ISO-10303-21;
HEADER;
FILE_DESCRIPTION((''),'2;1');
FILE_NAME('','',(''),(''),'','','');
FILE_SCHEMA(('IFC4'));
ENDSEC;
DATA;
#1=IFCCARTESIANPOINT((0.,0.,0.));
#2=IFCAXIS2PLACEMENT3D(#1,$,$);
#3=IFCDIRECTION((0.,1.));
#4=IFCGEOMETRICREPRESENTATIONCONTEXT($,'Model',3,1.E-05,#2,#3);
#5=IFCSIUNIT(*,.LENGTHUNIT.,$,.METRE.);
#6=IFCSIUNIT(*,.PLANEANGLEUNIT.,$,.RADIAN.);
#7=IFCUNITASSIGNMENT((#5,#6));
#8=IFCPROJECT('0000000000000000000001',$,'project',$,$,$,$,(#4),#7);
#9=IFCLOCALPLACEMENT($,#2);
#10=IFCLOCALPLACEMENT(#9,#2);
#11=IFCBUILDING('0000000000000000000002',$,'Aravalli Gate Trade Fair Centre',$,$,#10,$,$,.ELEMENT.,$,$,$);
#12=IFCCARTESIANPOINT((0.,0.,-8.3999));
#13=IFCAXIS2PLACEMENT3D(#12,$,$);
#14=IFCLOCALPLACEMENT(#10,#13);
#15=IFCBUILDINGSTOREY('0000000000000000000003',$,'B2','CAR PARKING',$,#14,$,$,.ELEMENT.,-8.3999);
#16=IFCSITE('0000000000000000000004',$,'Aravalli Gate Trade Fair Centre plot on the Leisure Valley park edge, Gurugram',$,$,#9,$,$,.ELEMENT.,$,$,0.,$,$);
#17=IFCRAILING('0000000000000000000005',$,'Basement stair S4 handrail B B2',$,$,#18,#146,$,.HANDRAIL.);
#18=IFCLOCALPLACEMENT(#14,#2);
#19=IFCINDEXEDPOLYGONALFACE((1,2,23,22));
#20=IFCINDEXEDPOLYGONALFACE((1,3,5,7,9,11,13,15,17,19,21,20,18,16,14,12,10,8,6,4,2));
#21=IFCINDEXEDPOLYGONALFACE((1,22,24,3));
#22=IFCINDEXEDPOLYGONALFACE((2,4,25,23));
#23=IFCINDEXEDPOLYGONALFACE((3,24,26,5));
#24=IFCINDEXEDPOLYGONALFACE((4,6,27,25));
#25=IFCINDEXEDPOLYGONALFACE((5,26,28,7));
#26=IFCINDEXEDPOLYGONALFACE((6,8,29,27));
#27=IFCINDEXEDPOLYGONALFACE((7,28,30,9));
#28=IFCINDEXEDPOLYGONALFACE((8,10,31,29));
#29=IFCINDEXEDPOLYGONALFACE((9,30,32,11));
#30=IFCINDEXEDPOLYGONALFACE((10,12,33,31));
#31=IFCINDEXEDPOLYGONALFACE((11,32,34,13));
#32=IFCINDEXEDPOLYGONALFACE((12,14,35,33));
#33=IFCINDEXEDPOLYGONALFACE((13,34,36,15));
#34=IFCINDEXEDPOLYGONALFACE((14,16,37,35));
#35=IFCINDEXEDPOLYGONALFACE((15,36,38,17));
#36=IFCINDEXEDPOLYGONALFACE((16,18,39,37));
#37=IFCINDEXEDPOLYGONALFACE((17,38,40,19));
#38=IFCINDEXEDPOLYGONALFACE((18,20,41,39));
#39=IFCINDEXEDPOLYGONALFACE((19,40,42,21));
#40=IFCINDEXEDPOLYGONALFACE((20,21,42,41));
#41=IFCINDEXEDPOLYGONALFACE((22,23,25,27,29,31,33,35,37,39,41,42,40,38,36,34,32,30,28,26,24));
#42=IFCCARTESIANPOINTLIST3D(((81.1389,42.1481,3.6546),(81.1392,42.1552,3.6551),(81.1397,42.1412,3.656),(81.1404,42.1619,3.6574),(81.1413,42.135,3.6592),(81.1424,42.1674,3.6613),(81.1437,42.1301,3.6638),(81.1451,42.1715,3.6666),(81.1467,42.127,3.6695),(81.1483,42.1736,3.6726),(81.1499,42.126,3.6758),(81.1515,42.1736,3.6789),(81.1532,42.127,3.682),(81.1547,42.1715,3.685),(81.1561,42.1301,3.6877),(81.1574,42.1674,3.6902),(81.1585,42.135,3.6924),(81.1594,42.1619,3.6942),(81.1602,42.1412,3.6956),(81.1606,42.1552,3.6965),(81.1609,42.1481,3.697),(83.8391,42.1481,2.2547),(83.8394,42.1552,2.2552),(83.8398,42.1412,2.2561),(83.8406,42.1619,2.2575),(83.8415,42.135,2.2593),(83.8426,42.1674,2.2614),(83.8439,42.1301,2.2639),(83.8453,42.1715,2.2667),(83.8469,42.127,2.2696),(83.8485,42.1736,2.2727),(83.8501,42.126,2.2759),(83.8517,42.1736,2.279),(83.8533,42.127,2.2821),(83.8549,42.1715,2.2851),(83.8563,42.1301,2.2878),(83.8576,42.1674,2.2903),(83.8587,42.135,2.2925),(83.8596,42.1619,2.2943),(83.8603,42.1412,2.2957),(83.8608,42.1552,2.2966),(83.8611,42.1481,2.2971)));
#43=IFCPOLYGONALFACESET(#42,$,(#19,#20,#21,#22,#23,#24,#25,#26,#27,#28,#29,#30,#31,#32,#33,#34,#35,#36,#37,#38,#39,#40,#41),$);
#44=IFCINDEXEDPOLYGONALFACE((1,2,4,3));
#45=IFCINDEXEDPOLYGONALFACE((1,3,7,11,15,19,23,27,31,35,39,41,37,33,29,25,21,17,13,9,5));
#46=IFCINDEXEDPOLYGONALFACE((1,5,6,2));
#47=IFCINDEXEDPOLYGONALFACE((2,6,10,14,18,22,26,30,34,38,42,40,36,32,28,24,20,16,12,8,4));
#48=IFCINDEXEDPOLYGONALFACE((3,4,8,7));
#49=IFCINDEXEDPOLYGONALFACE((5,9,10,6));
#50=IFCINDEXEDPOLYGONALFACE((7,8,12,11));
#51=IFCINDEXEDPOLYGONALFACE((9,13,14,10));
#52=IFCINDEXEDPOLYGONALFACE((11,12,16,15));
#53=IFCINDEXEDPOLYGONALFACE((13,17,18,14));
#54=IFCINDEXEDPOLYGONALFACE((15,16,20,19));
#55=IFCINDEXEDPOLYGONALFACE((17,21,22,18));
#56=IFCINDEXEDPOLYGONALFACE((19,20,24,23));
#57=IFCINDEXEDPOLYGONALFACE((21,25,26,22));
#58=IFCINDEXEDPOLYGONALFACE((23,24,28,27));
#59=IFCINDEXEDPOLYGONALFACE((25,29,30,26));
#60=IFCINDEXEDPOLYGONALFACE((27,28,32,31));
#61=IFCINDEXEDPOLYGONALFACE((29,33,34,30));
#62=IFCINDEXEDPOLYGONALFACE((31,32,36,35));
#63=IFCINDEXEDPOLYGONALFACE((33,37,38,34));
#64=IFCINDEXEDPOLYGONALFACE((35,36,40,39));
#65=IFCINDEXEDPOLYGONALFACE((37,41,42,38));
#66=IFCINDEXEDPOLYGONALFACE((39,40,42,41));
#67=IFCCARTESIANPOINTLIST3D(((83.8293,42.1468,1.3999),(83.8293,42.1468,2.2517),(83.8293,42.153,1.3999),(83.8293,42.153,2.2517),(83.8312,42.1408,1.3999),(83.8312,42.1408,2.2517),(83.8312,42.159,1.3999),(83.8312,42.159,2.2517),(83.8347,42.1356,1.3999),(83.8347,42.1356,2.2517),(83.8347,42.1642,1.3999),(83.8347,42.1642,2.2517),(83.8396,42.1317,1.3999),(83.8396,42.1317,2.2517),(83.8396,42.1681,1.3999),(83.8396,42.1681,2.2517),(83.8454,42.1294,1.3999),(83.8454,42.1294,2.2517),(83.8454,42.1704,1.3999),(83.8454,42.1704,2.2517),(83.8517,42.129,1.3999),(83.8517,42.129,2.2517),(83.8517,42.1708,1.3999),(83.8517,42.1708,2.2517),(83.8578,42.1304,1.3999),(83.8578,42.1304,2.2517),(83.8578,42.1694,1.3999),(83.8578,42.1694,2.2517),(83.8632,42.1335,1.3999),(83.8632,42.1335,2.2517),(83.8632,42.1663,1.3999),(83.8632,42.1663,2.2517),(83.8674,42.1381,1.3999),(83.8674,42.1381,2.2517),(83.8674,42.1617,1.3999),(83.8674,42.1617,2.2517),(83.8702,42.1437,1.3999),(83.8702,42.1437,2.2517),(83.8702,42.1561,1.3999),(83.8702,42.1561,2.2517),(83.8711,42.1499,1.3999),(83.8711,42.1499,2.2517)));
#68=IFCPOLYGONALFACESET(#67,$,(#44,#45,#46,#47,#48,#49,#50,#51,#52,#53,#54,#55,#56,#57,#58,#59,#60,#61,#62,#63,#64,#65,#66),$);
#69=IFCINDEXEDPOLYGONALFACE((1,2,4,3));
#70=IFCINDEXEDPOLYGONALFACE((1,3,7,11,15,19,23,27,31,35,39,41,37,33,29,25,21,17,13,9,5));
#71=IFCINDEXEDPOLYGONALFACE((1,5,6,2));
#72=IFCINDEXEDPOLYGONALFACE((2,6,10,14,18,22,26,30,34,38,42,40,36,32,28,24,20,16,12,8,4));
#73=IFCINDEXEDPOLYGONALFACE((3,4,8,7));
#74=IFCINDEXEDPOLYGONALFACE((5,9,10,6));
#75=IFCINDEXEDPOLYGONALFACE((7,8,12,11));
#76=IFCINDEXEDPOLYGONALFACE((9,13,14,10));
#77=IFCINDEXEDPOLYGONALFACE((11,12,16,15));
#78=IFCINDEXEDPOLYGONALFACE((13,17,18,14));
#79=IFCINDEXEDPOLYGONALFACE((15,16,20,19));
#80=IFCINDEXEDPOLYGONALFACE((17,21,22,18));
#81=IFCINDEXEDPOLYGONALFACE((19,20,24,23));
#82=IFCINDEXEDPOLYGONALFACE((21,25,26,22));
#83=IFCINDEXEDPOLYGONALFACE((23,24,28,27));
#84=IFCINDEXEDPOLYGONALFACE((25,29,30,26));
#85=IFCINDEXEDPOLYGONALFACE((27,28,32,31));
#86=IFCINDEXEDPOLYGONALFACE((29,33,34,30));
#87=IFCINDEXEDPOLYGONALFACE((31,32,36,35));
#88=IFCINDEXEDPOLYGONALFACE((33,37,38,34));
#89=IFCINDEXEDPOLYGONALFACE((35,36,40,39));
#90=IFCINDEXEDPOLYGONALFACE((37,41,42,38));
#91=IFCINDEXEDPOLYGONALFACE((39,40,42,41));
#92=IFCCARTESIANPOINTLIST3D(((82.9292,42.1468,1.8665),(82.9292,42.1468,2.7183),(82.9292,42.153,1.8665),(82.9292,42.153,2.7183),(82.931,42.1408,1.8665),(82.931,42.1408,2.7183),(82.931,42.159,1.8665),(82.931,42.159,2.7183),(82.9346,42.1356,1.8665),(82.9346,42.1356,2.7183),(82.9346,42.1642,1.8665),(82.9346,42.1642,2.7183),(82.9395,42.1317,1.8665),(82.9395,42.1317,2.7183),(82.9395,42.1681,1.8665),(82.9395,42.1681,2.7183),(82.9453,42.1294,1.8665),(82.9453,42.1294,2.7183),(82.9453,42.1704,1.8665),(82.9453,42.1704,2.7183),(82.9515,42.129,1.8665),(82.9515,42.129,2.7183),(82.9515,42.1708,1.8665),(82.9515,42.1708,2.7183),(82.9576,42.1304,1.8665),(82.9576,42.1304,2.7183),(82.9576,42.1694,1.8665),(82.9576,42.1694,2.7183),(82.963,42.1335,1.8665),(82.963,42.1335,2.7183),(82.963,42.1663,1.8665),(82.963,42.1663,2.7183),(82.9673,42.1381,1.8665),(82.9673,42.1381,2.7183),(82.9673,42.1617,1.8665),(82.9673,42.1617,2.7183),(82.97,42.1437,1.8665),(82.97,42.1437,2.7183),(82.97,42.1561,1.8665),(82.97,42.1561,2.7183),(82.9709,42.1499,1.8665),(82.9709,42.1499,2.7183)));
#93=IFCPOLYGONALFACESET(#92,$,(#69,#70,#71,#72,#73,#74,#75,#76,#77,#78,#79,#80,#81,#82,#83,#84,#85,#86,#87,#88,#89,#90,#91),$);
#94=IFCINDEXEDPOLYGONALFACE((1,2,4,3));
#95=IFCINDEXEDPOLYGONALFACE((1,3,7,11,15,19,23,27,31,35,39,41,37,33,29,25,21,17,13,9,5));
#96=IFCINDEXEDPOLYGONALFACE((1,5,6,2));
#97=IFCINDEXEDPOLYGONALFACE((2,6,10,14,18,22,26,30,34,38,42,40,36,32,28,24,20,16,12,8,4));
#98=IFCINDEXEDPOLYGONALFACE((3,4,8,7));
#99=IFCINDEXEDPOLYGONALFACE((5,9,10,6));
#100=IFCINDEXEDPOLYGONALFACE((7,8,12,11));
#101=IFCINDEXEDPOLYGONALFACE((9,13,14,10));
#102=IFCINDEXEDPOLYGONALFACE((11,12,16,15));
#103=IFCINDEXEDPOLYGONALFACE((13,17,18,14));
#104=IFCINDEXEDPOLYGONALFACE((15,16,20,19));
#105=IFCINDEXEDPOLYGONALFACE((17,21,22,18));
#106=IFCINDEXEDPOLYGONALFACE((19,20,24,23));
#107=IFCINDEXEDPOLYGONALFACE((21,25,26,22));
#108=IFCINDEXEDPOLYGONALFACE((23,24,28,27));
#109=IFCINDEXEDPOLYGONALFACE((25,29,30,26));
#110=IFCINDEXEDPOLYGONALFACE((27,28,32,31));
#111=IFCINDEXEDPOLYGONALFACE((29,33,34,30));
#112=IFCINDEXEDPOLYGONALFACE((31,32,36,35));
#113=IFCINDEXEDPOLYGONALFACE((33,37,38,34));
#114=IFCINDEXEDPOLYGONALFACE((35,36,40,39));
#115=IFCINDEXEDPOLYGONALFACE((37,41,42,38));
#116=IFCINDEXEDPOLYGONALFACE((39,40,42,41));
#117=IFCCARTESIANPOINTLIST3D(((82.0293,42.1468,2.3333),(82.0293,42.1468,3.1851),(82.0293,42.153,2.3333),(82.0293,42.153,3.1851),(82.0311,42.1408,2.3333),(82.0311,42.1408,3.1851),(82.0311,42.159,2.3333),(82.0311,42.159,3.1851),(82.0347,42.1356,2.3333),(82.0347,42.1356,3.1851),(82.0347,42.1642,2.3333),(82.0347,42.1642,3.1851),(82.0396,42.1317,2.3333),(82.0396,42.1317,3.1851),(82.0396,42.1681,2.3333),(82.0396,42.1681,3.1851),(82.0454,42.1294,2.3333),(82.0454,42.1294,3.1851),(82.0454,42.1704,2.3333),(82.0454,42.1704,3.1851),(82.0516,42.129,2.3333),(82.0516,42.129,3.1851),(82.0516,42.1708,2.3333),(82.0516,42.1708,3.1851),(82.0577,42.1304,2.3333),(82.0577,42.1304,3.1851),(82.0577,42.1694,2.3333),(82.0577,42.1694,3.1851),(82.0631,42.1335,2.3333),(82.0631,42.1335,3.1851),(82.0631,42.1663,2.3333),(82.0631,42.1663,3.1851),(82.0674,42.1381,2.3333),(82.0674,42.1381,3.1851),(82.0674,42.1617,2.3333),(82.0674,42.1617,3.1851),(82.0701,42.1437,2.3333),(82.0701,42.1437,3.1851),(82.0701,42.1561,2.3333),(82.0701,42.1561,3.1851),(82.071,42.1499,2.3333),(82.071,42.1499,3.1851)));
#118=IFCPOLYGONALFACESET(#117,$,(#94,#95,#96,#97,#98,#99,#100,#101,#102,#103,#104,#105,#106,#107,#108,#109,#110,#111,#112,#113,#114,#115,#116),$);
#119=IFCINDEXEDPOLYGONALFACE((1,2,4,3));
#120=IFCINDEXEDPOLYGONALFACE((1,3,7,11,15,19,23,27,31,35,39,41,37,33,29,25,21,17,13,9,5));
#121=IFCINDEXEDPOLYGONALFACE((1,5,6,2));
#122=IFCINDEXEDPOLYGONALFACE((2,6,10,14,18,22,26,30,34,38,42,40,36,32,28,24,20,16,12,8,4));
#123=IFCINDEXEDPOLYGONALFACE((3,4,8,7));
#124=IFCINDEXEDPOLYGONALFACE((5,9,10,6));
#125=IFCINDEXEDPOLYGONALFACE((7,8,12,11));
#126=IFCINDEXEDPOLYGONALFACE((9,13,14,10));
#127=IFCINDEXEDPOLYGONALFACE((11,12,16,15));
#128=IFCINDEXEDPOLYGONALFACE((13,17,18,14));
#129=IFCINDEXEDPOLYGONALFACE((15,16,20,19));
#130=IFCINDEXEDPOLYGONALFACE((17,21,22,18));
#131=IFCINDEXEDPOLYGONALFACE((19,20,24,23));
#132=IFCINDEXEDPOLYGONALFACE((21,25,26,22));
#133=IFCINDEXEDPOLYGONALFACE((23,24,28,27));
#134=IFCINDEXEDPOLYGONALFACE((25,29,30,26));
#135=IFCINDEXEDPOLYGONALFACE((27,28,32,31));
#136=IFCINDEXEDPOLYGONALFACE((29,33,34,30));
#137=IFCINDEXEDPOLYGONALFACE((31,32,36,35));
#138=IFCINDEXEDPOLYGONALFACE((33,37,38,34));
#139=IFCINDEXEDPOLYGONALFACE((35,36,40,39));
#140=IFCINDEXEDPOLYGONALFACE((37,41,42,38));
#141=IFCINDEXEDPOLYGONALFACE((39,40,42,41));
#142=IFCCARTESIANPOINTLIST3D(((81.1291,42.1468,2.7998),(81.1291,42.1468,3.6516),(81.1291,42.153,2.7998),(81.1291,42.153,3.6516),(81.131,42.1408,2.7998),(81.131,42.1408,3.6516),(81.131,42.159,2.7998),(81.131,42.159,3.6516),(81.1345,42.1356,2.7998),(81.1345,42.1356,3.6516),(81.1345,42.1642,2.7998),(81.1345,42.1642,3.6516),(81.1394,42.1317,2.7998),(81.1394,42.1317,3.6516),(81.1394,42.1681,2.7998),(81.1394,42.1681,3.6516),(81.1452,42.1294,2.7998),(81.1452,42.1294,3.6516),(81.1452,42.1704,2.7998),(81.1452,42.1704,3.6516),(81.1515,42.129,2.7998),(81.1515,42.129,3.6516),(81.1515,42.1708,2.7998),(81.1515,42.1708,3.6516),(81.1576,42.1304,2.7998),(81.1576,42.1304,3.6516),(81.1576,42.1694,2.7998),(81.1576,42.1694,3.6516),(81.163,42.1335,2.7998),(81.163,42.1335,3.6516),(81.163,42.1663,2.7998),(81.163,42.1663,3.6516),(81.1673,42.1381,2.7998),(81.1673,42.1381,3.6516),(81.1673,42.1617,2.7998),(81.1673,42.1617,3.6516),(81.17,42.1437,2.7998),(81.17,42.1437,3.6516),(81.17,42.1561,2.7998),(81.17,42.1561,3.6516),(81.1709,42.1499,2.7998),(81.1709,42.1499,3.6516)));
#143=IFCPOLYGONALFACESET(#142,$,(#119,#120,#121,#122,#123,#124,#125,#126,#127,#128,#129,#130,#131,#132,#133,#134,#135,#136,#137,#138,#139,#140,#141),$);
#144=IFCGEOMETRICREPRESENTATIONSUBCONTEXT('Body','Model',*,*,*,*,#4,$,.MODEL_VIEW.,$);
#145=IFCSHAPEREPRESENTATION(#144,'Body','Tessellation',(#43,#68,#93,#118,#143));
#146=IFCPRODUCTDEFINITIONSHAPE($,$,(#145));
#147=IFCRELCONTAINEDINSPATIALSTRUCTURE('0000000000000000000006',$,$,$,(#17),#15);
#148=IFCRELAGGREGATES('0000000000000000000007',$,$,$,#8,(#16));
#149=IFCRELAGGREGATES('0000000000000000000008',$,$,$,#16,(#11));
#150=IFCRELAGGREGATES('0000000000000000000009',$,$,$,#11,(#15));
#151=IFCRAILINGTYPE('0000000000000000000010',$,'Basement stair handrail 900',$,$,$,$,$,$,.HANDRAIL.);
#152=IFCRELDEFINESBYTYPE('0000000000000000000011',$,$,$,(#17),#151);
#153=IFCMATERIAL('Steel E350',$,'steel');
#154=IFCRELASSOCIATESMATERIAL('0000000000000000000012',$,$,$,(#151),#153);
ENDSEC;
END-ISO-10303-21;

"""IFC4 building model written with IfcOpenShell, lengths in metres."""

from ifc_helpers import new_model, si_unit, direction, frame, origin, origin_2d, place, context, subcontext, project, spatial, circle, extrude, material, type_object, element, save


model = new_model("IFC4")

# Units and contexts
model_context = context("Model", 3, precision=1e-05, world=origin(), true_north=direction((0.0, 1.0)))
body_context = subcontext(model_context, "Body", "Model", "MODEL_VIEW")
ifc_project = project(units=[si_unit("LENGTHUNIT", "METRE"), si_unit("PLANEANGLEUNIT", "RADIAN")], contexts=[model_context])

# Site, building, storey
site_placement = place(None, origin())
site = spatial("IfcSite", under=ifc_project, at=site_placement, Name="Aravalli Gate Trade Fair Centre plot on the Leisure Valley park edge, Gurugram", CompositionType="ELEMENT", RefElevation=0.0)
building_placement = place(site_placement, origin())
building = spatial("IfcBuilding", under=site, at=building_placement, Name="Aravalli Gate Trade Fair Centre", CompositionType="ELEMENT")
storey_placement = place(building_placement, frame((0.0, 0.0, -8.3999)))
storey = spatial("IfcBuildingStorey", under=building, at=storey_placement, Name="B2", Description="CAR PARKING", CompositionType="ELEMENT", Elevation=-8.3999)

# Railing
ifc_material_1 = material(Name="Steel E350", Category="steel")
railing_type_1 = type_object("IfcRailingType", Name="Basement stair handrail 900", PredefinedType="HANDRAIL", material=ifc_material_1)
railing_1_placement = place(storey_placement, frame((83.8501, 42.1499, 1.3999)))
element("IfcRailing", 1, at=railing_1_placement, inside=storey, type_object=railing_type_1, Name="Basement stair S4 handrail B B2", PredefinedType="HANDRAIL", context=body_context, shape_type="SweptSolid", body=[
    extrude(circle(Radius=0.0239, at=origin_2d()), frame((0.0, 0.0, 0.876), z_axis=(-0.887781, 0.0, 0.460266), x_axis=(0.0, -1.0, 0.0)), (0.0, 0.0, 1.0), 3.0415),
    extrude(circle(Radius=0.021, at=origin_2d()), origin(), (0.0, 0.0, 1.0), 0.8518),
    extrude(circle(Radius=0.021, at=origin_2d()), frame((-0.9001, 0.0, 0.4666)), (0.0, 0.0, 1.0), 0.8518),
    extrude(circle(Radius=0.021, at=origin_2d()), frame((-1.8, 0.0, 0.9333)), (0.0, 0.0, 1.0), 0.8518),
    extrude(circle(Radius=0.021, at=origin_2d()), frame((-2.7002, 0.0, 1.3999)), (0.0, 0.0, 1.0), 0.8518),
])

save(model, "model.ifc")
